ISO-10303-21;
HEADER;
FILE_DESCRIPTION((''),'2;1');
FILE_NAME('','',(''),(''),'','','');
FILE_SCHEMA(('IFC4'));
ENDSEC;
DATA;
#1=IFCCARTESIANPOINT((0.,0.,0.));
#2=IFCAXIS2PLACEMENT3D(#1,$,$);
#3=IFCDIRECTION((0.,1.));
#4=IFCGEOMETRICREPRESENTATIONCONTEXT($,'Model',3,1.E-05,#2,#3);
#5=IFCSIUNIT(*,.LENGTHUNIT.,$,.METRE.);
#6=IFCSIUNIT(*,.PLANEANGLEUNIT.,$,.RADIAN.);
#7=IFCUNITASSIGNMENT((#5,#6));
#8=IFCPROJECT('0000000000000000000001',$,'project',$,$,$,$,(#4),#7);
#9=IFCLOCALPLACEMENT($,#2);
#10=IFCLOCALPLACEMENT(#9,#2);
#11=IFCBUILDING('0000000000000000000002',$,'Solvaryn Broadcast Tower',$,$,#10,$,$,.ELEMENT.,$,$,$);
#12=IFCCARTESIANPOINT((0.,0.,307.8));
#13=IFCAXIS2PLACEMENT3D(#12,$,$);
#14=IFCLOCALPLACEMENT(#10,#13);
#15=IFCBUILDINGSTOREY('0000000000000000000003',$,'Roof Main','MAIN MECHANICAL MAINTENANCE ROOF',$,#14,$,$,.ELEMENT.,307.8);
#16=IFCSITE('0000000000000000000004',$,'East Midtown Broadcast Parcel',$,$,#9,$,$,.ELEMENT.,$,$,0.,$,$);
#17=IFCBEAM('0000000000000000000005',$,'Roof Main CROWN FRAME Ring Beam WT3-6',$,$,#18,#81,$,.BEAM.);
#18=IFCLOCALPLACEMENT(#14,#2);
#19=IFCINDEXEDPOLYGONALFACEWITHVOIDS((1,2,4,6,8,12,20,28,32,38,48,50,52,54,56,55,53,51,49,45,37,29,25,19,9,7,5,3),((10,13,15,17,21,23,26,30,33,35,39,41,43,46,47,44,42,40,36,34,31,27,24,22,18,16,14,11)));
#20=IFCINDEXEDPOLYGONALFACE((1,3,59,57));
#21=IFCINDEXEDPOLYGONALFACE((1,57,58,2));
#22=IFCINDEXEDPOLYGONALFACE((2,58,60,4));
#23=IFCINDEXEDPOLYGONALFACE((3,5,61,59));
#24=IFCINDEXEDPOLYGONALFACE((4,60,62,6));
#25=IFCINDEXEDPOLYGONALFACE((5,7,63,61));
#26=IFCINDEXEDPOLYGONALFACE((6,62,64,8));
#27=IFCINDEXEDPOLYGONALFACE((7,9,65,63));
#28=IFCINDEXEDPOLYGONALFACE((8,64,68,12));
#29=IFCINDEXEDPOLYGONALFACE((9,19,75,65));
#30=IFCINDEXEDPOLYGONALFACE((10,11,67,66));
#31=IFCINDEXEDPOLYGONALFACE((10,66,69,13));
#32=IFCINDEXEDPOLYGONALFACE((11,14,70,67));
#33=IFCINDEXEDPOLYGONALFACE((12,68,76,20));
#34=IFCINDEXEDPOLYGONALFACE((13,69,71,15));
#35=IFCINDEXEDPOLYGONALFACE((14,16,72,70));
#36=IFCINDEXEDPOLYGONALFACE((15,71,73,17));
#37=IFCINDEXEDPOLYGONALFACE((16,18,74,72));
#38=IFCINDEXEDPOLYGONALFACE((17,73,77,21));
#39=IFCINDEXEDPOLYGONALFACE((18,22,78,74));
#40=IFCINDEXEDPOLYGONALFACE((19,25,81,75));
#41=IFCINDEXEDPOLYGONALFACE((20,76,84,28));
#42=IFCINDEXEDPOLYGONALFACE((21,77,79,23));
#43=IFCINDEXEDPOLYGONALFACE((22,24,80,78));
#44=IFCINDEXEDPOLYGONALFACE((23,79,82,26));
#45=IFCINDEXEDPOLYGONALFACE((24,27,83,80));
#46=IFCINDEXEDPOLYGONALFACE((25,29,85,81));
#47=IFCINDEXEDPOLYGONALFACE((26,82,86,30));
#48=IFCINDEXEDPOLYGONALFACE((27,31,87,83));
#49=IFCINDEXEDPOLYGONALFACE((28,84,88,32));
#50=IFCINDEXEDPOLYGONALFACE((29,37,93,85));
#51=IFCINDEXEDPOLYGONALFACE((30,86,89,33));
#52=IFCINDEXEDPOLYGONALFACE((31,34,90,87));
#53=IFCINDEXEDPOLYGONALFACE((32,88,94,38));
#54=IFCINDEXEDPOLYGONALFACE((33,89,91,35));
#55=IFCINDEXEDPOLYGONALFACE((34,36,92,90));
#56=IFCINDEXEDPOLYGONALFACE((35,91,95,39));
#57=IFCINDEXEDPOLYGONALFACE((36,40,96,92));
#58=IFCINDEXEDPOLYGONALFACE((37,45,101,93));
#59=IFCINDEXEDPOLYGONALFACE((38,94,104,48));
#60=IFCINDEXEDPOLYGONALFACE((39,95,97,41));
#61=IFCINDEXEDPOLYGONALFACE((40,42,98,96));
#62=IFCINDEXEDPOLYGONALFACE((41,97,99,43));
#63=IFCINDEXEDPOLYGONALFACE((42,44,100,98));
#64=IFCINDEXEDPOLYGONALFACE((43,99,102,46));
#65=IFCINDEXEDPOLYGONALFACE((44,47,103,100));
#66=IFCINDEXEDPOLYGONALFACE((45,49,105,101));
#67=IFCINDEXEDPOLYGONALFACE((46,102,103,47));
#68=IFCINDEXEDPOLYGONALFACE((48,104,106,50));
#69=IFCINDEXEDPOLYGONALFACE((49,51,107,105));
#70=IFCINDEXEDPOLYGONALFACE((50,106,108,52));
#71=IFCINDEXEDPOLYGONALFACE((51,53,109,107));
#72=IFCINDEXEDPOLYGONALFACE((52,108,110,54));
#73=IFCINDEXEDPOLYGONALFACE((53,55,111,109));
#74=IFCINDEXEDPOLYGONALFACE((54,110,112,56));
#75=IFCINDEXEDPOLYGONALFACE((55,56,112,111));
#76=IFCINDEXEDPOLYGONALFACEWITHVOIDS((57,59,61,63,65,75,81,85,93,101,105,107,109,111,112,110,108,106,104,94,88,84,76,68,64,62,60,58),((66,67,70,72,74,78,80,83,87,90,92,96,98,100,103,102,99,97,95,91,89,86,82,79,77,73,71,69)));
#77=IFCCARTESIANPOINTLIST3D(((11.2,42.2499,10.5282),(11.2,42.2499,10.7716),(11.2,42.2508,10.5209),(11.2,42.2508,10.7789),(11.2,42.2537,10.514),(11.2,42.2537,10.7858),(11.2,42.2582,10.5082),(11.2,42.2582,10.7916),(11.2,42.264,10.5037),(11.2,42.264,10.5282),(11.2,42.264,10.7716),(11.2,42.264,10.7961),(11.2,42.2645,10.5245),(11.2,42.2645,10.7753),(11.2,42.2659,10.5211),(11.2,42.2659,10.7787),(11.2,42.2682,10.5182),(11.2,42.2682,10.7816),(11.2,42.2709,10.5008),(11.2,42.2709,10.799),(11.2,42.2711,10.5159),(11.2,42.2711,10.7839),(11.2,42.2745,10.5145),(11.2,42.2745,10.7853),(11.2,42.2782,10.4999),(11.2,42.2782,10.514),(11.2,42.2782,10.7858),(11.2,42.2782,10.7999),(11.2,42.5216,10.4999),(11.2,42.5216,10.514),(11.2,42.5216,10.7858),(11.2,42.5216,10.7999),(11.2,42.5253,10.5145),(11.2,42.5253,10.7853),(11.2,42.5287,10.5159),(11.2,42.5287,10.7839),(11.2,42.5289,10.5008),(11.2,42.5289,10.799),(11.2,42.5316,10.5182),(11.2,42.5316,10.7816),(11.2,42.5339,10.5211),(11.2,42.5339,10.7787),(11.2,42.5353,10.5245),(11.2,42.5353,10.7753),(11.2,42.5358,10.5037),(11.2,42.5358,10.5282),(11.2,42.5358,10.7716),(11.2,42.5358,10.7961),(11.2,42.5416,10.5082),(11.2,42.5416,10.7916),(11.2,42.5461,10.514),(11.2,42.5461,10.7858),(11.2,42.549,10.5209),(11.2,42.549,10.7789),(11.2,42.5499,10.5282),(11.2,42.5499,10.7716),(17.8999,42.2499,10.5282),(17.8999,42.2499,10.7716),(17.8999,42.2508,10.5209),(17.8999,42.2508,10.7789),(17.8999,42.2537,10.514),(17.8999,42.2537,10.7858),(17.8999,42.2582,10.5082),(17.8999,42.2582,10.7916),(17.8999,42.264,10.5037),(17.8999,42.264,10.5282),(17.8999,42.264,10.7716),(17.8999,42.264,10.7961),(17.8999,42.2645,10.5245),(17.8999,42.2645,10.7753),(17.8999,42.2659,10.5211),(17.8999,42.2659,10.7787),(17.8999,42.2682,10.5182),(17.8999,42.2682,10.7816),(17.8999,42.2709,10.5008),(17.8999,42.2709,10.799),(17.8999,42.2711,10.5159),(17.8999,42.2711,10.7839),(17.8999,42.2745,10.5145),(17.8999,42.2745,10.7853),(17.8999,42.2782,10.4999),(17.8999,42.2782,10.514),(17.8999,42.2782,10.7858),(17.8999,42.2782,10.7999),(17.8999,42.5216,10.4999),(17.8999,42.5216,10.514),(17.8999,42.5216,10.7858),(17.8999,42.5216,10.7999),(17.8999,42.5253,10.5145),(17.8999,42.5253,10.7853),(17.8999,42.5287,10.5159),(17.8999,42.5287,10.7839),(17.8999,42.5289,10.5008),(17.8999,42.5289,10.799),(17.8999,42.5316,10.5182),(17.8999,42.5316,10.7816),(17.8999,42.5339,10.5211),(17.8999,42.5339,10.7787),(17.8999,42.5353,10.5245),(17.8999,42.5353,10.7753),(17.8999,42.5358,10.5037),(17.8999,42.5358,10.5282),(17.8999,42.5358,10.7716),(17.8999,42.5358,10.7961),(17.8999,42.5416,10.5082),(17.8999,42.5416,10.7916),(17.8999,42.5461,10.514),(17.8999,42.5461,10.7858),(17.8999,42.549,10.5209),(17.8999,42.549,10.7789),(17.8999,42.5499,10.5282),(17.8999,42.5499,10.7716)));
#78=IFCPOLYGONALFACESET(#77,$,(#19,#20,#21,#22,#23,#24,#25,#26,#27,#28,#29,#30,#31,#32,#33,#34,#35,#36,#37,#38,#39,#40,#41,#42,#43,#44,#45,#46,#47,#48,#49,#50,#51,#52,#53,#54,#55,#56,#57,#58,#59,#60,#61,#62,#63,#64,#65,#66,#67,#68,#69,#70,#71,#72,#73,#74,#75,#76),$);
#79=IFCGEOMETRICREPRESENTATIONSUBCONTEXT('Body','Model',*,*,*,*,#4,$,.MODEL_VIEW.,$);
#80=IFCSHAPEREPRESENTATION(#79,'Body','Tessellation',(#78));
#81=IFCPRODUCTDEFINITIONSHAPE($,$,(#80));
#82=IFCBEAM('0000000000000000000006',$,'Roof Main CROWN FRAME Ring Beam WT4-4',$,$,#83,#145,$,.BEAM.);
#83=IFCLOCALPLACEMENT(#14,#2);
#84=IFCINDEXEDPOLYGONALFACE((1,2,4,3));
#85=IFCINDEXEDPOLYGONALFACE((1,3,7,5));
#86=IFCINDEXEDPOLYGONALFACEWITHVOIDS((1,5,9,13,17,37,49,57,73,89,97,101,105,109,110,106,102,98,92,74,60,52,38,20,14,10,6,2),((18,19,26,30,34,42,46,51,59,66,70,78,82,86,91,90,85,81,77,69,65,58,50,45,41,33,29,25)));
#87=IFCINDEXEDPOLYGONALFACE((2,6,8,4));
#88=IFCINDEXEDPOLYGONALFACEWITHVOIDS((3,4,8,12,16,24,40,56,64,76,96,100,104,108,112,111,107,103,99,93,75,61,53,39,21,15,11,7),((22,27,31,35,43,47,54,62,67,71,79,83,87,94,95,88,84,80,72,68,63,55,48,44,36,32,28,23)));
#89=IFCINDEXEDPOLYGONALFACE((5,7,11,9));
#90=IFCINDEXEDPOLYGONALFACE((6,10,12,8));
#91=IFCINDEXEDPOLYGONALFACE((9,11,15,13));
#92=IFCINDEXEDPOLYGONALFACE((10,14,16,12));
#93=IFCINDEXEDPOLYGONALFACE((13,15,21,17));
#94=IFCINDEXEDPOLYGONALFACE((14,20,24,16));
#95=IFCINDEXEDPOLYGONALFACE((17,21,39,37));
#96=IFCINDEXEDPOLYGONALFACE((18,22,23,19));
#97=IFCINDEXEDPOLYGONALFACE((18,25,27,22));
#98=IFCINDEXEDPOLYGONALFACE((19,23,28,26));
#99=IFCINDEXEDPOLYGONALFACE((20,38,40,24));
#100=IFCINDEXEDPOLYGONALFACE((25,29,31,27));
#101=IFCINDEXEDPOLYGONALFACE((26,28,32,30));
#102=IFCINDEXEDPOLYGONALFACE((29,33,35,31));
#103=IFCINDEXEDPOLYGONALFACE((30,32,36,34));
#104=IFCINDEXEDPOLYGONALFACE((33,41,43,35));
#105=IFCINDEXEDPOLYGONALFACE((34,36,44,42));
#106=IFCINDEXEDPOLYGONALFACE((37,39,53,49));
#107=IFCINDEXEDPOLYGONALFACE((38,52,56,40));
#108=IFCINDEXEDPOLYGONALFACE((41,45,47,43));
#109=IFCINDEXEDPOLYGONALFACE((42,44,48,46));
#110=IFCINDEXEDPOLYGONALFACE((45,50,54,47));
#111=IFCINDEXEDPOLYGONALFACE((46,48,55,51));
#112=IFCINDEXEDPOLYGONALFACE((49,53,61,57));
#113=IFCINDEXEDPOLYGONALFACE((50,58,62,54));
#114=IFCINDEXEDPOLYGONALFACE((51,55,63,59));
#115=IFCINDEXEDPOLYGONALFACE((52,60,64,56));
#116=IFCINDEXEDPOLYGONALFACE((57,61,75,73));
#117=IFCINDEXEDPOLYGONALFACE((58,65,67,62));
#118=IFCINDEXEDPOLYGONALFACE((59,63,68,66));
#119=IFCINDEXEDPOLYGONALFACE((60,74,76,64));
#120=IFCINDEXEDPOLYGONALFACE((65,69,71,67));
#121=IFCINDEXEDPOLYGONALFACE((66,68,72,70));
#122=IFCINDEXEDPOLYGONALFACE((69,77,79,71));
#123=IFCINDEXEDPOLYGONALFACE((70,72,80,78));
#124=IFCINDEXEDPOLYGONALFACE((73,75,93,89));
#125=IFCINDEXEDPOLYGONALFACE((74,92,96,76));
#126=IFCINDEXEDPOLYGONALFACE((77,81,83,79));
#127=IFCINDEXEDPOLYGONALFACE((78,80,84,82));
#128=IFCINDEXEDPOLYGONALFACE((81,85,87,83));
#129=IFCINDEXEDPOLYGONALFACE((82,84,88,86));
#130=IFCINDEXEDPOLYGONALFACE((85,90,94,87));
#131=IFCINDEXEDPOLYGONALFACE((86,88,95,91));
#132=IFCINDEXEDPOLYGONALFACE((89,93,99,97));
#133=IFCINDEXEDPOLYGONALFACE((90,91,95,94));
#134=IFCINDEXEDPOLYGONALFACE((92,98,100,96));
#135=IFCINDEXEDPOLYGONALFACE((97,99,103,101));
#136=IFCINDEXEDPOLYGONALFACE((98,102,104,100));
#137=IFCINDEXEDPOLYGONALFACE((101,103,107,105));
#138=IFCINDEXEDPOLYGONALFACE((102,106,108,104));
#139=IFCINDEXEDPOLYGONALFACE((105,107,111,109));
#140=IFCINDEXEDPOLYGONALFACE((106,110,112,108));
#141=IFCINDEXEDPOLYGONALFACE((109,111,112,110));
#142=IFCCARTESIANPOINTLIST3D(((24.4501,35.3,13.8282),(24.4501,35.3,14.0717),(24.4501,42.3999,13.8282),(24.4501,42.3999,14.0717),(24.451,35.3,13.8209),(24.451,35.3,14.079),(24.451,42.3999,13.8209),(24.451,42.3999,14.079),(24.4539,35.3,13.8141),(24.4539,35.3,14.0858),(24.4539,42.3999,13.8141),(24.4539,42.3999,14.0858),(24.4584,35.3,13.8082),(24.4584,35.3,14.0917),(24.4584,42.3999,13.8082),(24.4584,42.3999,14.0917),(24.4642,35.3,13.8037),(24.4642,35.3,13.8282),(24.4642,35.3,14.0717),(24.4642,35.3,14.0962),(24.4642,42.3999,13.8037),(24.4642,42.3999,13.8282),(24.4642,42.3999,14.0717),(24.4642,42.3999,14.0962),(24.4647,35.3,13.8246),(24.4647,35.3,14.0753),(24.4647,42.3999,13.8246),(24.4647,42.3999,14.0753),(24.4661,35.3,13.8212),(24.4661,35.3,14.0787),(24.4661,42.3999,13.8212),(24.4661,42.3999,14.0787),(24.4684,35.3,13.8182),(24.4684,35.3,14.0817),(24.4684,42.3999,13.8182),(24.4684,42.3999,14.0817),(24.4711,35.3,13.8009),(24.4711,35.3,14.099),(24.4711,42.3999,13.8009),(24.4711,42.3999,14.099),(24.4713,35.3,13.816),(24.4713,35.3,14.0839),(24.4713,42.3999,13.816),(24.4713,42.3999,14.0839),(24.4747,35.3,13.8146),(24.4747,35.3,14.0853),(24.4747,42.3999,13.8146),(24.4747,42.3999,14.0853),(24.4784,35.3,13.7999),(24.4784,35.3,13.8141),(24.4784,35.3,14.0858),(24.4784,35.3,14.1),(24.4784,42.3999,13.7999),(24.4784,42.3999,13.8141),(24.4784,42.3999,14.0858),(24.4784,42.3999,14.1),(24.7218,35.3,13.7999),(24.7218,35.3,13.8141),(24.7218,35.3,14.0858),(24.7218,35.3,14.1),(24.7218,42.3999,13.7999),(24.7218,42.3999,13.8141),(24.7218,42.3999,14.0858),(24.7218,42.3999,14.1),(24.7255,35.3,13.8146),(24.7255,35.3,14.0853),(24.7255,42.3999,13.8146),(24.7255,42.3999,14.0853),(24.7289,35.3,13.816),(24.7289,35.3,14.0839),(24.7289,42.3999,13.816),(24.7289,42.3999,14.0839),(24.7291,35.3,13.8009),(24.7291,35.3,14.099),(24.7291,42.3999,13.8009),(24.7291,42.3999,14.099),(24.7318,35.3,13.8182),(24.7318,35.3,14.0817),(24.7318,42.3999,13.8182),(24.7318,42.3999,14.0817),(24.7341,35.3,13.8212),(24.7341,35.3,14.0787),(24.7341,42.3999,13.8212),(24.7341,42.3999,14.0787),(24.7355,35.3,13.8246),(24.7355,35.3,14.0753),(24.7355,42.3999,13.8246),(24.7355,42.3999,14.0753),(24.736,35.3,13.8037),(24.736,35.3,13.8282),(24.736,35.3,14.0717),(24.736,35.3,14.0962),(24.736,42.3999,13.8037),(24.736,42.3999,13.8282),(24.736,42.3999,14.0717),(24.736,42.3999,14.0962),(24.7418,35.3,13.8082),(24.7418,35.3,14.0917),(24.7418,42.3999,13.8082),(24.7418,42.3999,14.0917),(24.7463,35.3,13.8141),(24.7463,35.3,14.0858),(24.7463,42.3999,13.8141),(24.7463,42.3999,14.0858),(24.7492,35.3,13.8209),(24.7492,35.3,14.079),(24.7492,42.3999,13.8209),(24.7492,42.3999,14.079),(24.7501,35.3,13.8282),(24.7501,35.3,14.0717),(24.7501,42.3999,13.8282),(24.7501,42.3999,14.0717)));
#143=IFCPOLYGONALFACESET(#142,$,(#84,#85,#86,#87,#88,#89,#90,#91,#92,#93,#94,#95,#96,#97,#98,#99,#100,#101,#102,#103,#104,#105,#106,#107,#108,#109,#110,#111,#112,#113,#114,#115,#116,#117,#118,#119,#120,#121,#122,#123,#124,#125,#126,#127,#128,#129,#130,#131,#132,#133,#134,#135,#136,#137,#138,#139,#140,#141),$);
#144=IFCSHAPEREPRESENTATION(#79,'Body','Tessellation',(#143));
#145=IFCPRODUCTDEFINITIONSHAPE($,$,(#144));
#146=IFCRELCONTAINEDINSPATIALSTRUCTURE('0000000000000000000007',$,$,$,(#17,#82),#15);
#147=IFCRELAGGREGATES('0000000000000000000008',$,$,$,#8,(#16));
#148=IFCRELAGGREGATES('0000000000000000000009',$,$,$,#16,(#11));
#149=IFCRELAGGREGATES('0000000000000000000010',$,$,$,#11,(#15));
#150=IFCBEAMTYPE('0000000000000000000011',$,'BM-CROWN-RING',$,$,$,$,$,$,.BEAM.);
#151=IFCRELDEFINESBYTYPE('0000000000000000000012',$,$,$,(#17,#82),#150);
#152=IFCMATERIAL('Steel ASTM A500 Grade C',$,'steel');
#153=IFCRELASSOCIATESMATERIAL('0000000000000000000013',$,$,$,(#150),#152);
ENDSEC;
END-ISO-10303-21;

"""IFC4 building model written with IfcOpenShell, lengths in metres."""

from ifc_helpers import new_model, si_unit, direction, frame, origin, origin_2d, place, context, subcontext, project, spatial, hollow_rectangle, extrude, material, material_profile, profile_set, type_object, element, save


model = new_model("IFC4")

# Units and contexts
model_context = context("Model", 3, precision=1e-05, world=origin(), true_north=direction((0.0, 1.0)))
body_context = subcontext(model_context, "Body", "Model", "MODEL_VIEW")
ifc_project = project(units=[si_unit("LENGTHUNIT", "METRE"), si_unit("PLANEANGLEUNIT", "RADIAN")], contexts=[model_context])

# Site, building, storey
site_placement = place(None, origin())
site = spatial("IfcSite", under=ifc_project, at=site_placement, Name="East Midtown Broadcast Parcel", CompositionType="ELEMENT", RefElevation=0.0)
building_placement = place(site_placement, origin())
building = spatial("IfcBuilding", under=site, at=building_placement, Name="Solvaryn Broadcast Tower", CompositionType="ELEMENT")
storey_placement = place(building_placement, frame((0.0, 0.0, 307.8)))
storey = spatial("IfcBuildingStorey", under=building, at=storey_placement, Name="Roof Main", Description="MAIN MECHANICAL MAINTENANCE ROOF", CompositionType="ELEMENT", Elevation=307.8)

# Beams
ifc_material_1 = material(Name="Steel ASTM A500 Grade C", Category="steel")
ifc_material_profile_1 = material_profile(ifc_material_1, hollow_rectangle(XDim=0.3, YDim=0.3, WallThickness=0.0142, InnerFilletRadius=0.0142, OuterFilletRadius=0.0283, at=origin_2d()))
ifc_profile_set_1 = profile_set([ifc_material_profile_1], Name="Steel ASTM A500 Grade C")
beam_type = type_object("IfcBeamType", Name="BM-CROWN-RING", PredefinedType="BEAM", material=ifc_profile_set_1)
beam_1_placement = place(storey_placement, frame((17.8999, 42.3999, 10.6499), z_axis=(-1.0, 0.0, 0.0), x_axis=(0.0, -1.0, 0.0)))
element("IfcBeam", 1, at=beam_1_placement, inside=storey, type_object=beam_type, Name="Roof Main CROWN FRAME Ring Beam WT3-6", PredefinedType="BEAM", context=body_context, shape_type="SweptSolid", body=[
    extrude(hollow_rectangle(XDim=0.3, YDim=0.3, WallThickness=0.0142, InnerFilletRadius=0.0142, OuterFilletRadius=0.0283, at=origin_2d()), origin(), (0.0, 0.0, 1.0), 6.7),
])
beam_2_placement = place(storey_placement, frame((24.6001, 35.3, 13.95), z_axis=(0.0, 1.0, 0.0), x_axis=(-1.0, 0.0, 0.0)))
element("IfcBeam", 2, at=beam_2_placement, inside=storey, type_object=beam_type, Name="Roof Main CROWN FRAME Ring Beam WT4-4", PredefinedType="BEAM", context=body_context, shape_type="SweptSolid", body=[
    extrude(hollow_rectangle(XDim=0.3, YDim=0.3, WallThickness=0.0142, InnerFilletRadius=0.0142, OuterFilletRadius=0.0283, at=origin_2d()), origin(), (0.0, 0.0, 1.0), 7.0999),
])

save(model, "model.ifc")
